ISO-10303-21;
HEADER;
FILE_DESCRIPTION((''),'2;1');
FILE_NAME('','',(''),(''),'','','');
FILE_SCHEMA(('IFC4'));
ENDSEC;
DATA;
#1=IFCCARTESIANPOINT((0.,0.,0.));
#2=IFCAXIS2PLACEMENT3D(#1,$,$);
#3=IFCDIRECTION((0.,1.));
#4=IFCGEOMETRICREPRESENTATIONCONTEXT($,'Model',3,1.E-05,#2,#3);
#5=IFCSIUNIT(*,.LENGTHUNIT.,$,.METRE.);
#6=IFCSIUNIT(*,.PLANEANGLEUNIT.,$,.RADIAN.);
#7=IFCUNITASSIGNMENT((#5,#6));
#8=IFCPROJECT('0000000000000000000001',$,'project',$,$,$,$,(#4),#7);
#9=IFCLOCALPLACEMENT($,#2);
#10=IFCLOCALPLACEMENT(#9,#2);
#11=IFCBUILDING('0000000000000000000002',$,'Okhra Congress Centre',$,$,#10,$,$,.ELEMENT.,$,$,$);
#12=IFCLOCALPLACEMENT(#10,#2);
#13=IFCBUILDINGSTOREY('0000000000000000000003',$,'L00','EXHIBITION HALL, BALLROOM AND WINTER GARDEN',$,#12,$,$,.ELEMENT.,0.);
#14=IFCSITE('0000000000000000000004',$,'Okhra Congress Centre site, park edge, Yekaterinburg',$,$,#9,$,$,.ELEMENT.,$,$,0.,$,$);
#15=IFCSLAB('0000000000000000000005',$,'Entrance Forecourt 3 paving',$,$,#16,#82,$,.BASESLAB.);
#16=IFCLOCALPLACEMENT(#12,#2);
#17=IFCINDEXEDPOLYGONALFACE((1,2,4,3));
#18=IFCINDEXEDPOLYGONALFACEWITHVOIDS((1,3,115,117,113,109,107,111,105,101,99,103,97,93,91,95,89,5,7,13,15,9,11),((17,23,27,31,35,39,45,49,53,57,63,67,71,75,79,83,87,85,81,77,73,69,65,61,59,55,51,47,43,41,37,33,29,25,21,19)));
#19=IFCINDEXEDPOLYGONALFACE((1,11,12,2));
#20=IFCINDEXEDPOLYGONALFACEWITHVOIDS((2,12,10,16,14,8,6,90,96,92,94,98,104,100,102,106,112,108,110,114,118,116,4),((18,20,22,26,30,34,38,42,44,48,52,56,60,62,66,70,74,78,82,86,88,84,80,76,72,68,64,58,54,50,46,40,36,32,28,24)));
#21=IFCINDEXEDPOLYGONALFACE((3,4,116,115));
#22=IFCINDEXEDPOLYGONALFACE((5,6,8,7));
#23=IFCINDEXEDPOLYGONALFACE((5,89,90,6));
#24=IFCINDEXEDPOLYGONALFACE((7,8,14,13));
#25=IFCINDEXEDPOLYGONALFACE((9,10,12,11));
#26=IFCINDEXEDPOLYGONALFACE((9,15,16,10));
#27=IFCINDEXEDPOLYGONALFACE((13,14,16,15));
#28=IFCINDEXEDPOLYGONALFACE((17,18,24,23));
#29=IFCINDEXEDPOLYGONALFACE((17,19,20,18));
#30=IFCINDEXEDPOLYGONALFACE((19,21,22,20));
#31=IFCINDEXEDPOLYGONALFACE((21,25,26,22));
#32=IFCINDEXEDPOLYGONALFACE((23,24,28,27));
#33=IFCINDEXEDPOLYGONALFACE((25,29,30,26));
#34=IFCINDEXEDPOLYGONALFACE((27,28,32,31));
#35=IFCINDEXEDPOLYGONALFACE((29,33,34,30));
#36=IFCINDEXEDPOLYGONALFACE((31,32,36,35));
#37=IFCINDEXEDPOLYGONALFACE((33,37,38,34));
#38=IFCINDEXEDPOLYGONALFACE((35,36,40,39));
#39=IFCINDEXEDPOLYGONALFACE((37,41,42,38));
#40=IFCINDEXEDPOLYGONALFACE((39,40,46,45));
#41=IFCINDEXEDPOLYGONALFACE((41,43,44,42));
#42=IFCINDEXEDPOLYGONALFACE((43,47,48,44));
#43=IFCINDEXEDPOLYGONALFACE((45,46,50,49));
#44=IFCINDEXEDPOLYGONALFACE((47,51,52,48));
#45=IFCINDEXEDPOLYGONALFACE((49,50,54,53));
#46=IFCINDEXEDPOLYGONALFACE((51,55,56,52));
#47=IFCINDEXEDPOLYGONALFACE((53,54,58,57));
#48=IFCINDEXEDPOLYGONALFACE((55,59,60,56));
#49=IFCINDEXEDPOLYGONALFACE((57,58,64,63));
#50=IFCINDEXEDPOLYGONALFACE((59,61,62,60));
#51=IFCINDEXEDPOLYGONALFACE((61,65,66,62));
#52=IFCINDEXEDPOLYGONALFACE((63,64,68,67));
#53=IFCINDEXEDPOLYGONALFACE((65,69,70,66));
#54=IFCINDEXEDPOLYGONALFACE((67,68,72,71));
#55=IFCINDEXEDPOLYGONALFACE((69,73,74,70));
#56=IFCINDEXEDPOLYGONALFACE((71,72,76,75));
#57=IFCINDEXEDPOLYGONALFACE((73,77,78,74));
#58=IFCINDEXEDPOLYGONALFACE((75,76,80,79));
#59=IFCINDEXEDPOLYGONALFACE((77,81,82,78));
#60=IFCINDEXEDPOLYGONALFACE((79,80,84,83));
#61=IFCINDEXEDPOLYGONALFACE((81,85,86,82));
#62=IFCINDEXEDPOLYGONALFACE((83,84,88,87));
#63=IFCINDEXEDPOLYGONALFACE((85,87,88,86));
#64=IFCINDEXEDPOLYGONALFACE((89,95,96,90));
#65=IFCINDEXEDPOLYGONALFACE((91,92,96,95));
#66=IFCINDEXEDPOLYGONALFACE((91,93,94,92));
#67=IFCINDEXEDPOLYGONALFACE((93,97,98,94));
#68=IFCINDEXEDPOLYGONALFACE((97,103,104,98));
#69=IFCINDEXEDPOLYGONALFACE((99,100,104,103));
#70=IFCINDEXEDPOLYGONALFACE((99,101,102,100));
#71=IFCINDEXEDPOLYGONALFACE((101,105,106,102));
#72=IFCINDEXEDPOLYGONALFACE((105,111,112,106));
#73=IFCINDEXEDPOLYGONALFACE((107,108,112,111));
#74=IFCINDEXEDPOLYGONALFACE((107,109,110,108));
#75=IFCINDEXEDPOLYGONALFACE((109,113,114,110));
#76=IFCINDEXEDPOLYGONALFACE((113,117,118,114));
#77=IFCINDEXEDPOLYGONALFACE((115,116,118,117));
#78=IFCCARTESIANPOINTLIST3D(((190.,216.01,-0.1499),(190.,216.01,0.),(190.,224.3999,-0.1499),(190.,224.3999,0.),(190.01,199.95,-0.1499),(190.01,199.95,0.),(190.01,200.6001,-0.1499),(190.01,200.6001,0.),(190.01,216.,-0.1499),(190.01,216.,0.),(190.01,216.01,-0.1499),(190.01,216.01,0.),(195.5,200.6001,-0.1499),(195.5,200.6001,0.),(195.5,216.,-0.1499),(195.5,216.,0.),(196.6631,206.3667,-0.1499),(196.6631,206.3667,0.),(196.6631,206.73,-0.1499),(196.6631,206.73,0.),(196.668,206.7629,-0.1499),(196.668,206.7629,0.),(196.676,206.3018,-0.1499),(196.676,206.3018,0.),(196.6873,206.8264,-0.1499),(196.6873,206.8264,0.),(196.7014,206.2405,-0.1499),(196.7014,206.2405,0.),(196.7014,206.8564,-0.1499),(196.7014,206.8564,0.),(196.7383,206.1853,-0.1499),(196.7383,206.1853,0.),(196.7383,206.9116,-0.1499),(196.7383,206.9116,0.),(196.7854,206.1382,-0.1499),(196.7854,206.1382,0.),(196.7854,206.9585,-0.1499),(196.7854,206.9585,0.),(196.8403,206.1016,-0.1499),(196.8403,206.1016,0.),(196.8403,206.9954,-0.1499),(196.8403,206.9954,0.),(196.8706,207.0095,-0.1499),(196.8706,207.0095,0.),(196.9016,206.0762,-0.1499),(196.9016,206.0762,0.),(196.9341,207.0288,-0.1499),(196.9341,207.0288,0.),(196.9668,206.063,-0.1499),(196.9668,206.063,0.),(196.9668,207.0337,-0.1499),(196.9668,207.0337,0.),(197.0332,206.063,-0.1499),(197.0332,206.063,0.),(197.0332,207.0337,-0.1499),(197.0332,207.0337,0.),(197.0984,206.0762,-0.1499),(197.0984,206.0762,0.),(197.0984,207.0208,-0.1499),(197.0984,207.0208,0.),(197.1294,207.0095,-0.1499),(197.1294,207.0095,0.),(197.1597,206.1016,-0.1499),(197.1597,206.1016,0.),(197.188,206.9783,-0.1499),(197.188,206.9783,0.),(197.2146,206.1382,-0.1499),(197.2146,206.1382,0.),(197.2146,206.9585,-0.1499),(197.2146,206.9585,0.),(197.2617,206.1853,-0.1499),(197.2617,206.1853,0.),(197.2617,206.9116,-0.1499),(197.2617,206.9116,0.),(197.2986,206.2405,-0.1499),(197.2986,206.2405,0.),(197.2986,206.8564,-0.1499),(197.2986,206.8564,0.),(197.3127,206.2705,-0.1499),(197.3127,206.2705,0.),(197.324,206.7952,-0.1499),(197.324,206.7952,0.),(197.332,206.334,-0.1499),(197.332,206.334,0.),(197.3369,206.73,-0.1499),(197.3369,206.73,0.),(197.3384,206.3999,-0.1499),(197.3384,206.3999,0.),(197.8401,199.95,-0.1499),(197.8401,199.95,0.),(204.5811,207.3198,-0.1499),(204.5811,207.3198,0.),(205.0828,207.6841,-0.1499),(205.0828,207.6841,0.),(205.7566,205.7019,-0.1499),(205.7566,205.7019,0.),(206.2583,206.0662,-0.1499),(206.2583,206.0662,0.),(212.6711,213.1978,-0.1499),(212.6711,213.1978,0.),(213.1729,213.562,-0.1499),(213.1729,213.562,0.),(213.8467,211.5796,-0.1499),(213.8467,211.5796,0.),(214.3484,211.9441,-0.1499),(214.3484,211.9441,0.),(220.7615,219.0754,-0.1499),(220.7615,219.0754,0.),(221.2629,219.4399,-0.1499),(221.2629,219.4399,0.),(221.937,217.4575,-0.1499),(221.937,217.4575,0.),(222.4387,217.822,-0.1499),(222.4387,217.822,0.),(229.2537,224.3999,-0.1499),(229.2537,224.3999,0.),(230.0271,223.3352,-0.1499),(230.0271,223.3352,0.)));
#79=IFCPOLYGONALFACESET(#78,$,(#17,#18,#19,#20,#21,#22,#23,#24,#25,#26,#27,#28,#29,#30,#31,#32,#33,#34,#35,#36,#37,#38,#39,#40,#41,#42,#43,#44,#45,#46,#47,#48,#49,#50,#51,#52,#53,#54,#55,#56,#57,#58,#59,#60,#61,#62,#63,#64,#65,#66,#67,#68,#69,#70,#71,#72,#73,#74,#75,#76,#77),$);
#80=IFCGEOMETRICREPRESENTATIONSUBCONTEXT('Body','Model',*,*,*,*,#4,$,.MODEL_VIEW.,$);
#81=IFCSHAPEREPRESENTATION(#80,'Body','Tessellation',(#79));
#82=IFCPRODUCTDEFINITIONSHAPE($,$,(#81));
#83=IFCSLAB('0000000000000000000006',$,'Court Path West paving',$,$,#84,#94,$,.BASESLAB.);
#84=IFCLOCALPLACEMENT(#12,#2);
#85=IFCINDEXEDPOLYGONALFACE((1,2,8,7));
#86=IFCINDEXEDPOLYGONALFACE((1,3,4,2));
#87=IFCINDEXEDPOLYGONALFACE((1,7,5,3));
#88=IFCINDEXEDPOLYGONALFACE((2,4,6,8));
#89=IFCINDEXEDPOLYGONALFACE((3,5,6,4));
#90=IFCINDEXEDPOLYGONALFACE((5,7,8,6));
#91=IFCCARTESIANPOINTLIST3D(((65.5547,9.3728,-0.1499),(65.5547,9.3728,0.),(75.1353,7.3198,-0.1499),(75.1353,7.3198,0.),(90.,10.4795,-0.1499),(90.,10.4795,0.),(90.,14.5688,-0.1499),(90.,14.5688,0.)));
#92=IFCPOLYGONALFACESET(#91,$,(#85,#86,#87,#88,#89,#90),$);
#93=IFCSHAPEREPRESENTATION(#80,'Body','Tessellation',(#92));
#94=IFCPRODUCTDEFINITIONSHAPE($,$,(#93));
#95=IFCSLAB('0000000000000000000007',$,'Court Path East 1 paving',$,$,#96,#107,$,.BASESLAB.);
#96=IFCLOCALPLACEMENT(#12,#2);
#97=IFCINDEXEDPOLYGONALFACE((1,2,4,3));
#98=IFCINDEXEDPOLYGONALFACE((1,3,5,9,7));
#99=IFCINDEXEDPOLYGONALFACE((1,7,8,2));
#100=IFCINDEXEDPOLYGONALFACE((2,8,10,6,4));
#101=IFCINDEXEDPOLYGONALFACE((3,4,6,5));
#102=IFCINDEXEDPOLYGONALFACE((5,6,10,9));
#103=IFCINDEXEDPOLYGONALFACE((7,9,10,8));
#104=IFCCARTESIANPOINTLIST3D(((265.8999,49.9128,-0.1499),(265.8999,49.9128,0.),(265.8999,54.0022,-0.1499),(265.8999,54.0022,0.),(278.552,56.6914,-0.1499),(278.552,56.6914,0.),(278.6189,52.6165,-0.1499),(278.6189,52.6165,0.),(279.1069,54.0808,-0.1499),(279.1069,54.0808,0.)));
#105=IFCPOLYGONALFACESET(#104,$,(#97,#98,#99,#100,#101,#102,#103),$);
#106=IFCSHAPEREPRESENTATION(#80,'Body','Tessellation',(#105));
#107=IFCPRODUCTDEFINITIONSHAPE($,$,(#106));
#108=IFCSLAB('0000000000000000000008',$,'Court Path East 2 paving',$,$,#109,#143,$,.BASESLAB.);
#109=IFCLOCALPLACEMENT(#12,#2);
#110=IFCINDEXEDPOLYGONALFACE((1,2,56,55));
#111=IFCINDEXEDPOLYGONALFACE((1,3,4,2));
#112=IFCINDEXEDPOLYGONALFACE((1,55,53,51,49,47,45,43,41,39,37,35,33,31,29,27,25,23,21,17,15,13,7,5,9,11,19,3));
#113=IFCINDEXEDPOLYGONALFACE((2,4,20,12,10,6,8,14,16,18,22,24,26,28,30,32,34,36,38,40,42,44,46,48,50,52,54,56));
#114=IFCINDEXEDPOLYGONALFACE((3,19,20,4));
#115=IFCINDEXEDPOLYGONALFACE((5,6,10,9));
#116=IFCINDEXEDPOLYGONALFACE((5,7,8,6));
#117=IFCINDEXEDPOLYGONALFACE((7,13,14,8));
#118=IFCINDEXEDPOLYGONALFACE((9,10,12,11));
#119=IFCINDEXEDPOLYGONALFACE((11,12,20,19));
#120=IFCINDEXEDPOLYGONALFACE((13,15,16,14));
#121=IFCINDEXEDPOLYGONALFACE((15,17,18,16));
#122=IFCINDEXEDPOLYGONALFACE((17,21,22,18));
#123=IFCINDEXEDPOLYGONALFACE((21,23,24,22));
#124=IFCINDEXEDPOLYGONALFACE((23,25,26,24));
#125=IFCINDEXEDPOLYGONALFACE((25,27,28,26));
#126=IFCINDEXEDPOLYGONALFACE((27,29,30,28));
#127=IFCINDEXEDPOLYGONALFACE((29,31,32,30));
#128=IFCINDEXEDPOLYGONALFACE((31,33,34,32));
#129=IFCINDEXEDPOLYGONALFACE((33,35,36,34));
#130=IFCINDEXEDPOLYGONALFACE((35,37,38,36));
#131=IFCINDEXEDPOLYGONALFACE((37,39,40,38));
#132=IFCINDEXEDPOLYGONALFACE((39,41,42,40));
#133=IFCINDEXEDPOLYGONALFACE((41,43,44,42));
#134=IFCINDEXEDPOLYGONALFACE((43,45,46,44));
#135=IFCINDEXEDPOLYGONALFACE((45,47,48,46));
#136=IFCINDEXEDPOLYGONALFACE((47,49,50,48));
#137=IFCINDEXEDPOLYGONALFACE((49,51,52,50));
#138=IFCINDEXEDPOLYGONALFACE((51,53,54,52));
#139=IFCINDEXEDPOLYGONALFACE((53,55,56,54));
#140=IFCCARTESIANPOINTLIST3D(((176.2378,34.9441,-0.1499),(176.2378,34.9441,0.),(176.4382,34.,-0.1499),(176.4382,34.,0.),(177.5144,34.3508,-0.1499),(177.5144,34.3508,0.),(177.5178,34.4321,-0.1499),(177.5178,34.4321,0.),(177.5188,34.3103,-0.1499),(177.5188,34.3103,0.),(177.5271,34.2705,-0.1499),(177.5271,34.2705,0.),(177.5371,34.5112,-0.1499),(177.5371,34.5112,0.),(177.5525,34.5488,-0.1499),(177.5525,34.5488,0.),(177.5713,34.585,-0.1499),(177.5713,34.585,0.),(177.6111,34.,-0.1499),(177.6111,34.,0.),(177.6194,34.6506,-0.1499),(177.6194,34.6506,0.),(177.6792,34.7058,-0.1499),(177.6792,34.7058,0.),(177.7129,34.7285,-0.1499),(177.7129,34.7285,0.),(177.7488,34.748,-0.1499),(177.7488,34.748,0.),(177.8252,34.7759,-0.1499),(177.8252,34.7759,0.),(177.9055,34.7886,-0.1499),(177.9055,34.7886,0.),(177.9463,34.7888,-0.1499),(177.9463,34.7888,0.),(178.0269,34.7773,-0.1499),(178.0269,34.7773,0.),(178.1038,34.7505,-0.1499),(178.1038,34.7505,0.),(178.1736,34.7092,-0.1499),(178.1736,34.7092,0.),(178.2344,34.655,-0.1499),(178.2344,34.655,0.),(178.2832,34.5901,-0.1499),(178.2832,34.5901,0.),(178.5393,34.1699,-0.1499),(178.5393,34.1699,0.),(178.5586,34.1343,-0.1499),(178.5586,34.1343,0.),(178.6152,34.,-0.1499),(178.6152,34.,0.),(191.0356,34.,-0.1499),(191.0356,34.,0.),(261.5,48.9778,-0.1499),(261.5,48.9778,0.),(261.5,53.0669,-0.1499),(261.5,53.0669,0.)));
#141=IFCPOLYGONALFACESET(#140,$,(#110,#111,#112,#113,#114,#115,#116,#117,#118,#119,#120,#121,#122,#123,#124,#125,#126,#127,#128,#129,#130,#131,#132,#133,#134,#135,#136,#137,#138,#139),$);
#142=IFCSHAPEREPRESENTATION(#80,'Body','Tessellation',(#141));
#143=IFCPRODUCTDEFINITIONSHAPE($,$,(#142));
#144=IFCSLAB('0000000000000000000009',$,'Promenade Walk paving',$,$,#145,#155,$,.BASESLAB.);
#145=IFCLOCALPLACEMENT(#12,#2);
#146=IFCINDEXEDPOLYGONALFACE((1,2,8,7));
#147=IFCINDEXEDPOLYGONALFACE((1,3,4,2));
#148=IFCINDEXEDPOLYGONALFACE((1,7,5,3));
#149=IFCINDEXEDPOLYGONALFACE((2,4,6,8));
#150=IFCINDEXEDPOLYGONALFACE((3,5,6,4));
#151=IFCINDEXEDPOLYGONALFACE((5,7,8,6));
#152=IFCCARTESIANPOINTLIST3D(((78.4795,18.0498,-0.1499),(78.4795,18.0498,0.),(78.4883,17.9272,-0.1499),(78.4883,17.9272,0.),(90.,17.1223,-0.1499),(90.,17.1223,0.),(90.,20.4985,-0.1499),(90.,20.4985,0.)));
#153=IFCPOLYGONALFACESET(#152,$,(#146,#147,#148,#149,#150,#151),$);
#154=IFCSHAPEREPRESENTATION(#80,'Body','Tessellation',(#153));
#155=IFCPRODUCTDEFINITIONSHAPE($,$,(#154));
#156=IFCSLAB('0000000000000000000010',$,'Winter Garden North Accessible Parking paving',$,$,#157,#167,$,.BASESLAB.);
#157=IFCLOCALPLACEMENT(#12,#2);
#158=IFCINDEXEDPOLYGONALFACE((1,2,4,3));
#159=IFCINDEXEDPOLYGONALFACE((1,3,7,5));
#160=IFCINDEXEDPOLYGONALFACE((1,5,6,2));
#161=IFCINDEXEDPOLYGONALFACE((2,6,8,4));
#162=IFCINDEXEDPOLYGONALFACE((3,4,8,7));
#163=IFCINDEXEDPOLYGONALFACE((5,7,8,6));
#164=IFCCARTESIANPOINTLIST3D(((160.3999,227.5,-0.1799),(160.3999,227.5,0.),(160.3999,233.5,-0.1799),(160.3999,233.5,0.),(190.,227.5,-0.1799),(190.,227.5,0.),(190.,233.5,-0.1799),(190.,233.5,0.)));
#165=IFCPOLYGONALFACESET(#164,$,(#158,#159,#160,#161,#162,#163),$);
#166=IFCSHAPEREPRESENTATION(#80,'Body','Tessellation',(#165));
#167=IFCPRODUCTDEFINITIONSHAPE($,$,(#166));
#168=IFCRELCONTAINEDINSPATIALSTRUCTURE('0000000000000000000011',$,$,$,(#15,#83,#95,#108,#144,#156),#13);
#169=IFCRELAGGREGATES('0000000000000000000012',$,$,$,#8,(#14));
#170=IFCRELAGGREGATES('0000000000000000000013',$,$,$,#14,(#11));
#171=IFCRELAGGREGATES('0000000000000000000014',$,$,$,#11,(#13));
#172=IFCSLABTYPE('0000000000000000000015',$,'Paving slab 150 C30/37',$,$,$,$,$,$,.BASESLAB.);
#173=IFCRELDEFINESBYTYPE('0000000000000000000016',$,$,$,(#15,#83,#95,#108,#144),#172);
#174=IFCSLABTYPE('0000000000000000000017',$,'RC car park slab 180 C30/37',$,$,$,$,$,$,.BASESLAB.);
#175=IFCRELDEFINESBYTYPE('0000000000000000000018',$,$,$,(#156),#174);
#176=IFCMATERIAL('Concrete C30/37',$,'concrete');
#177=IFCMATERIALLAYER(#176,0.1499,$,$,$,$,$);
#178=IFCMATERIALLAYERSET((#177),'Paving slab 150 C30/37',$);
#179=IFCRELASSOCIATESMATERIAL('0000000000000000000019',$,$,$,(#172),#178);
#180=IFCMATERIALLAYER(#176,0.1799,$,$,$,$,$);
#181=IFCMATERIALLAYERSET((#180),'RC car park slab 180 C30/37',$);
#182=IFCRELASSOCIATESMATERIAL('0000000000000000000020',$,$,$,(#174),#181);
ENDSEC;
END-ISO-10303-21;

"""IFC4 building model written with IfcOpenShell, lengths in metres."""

from ifc_helpers import new_model, si_unit, direction, frame, origin, place, context, subcontext, project, spatial, polyline, outline, extrude, material, layer, layer_set, type_object, element, save


model = new_model("IFC4")

# Units and contexts
model_context = context("Model", 3, precision=1e-05, world=origin(), true_north=direction((0.0, 1.0)))
body_context = subcontext(model_context, "Body", "Model", "MODEL_VIEW")
ifc_project = project(units=[si_unit("LENGTHUNIT", "METRE"), si_unit("PLANEANGLEUNIT", "RADIAN")], contexts=[model_context])

# Site, building, storey
site_placement = place(None, origin())
site = spatial("IfcSite", under=ifc_project, at=site_placement, Name="Okhra Congress Centre site, park edge, Yekaterinburg", CompositionType="ELEMENT", RefElevation=0.0)
building_placement = place(site_placement, origin())
building = spatial("IfcBuilding", under=site, at=building_placement, Name="Okhra Congress Centre", CompositionType="ELEMENT")
storey_placement = place(building_placement, origin())
storey = spatial("IfcBuildingStorey", under=building, at=storey_placement, Name="L00", Description="EXHIBITION HALL, BALLROOM AND WINTER GARDEN", CompositionType="ELEMENT", Elevation=0.0)

# Slabs
ifc_material = material(Name="Concrete C30/37", Category="concrete")
ifc_layer_1 = layer(ifc_material, 0.1499)
ifc_layer_set_1 = layer_set([ifc_layer_1], Name="Paving slab 150 C30/37")
slab_type_1 = type_object("IfcSlabType", Name="Paving slab 150 C30/37", PredefinedType="BASESLAB", material=ifc_layer_set_1)
slab_1_placement = place(storey_placement, frame((0.0, 0.0, -0.1499)))
element("IfcSlab", 1, at=slab_1_placement, inside=storey, type_object=slab_type_1, Name="Entrance Forecourt 3 paving", PredefinedType="BASESLAB", context=body_context, shape_type="SweptSolid", body=[
    extrude(outline(polyline([(195.5, 216.0), (195.5, 200.6001), (190.01, 200.6001), (190.01, 199.95), (197.8401, 199.95), (205.7566, 205.7019), (204.5811, 207.3198), (205.0828, 207.6841), (206.2583, 206.0662), (213.8467, 211.5796), (212.6711, 213.1978), (213.1729, 213.562), (214.3484, 211.9441), (221.937, 217.4575), (220.7615, 219.0754), (221.2629, 219.4399), (222.4387, 217.822), (230.0271, 223.3352), (229.2537, 224.3999), (190.0, 224.3999), (190.0, 216.01), (190.01, 216.01), (190.01, 216.0), (195.5, 216.0)]), holes=[polyline([(196.7383, 206.9116), (196.7014, 206.8564), (196.6873, 206.8264), (196.668, 206.7629), (196.6631, 206.73), (196.6631, 206.3667), (196.676, 206.3018), (196.7014, 206.2405), (196.7383, 206.1853), (196.7854, 206.1382), (196.8403, 206.1016), (196.9016, 206.0762), (196.9668, 206.063), (197.0332, 206.063), (197.0984, 206.0762), (197.1597, 206.1016), (197.2146, 206.1382), (197.2617, 206.1853), (197.2986, 206.2405), (197.3127, 206.2705), (197.332, 206.334), (197.3384, 206.3999), (197.3369, 206.73), (197.324, 206.7952), (197.2986, 206.8564), (197.2617, 206.9116), (197.2146, 206.9585), (197.188, 206.9783), (197.1294, 207.0095), (197.0984, 207.0208), (197.0332, 207.0337), (196.9668, 207.0337), (196.9341, 207.0288), (196.8706, 207.0095), (196.8403, 206.9954), (196.7854, 206.9585), (196.7383, 206.9116)])]), origin(), (0.0, 0.0, 1.0), 0.1499),
])
slab_2_placement = place(storey_placement, frame((0.0, 0.0, -0.1499)))
element("IfcSlab", 2, at=slab_2_placement, inside=storey, type_object=slab_type_1, Name="Court Path West paving", PredefinedType="BASESLAB", context=body_context, shape_type="SweptSolid", body=[
    extrude(outline(polyline([(90.0, 10.4795), (90.0, 14.5688), (65.5547, 9.3728), (75.1353, 7.3198), (90.0, 10.4795)])), origin(), (0.0, 0.0, 1.0), 0.1499),
])
slab_3_placement = place(storey_placement, frame((0.0, 0.0, -0.1499)))
element("IfcSlab", 3, at=slab_3_placement, inside=storey, type_object=slab_type_1, Name="Court Path East 1 paving", PredefinedType="BASESLAB", context=body_context, shape_type="SweptSolid", body=[
    extrude(outline(polyline([(265.8999, 54.0022), (265.8999, 49.9128), (278.6189, 52.6165), (279.1069, 54.0808), (278.552, 56.6914), (265.8999, 54.0022)])), origin(), (0.0, 0.0, 1.0), 0.1499),
])
slab_4_placement = place(storey_placement, frame((0.0, 0.0, -0.1499)))
element("IfcSlab", 4, at=slab_4_placement, inside=storey, type_object=slab_type_1, Name="Court Path East 2 paving", PredefinedType="BASESLAB", context=body_context, shape_type="SweptSolid", body=[
    extrude(outline(polyline([(177.5271, 34.2705), (177.5188, 34.3103), (177.5144, 34.3508), (177.5178, 34.4321), (177.5371, 34.5112), (177.5525, 34.5488), (177.5713, 34.585), (177.6194, 34.6506), (177.6792, 34.7058), (177.7129, 34.7285), (177.7488, 34.748), (177.8252, 34.7759), (177.9055, 34.7886), (177.9463, 34.7888), (178.0269, 34.7773), (178.1038, 34.7505), (178.1736, 34.7092), (178.2344, 34.655), (178.2832, 34.5901), (178.5393, 34.1699), (178.5586, 34.1343), (178.6152, 34.0), (191.0356, 34.0), (261.5, 48.9778), (261.5, 53.0669), (176.2378, 34.9441), (176.4382, 34.0), (177.6111, 34.0), (177.5271, 34.2705)])), origin(), (0.0, 0.0, 1.0), 0.1499),
])
slab_5_placement = place(storey_placement, frame((0.0, 0.0, -0.1499)))
element("IfcSlab", 5, at=slab_5_placement, inside=storey, type_object=slab_type_1, Name="Promenade Walk paving", PredefinedType="BASESLAB", context=body_context, shape_type="SweptSolid", body=[
    extrude(outline(polyline([(90.0, 17.1223), (90.0, 20.4985), (78.4795, 18.0498), (78.4883, 17.9272), (90.0, 17.1223)])), origin(), (0.0, 0.0, 1.0), 0.1499),
])
ifc_layer_2 = layer(ifc_material, 0.1799)
ifc_layer_set_2 = layer_set([ifc_layer_2], Name="RC car park slab 180 C30/37")
slab_type_2 = type_object("IfcSlabType", Name="RC car park slab 180 C30/37", PredefinedType="BASESLAB", material=ifc_layer_set_2)
slab_6_placement = place(storey_placement, frame((0.0, 0.0, -0.1799)))
element("IfcSlab", 6, at=slab_6_placement, inside=storey, type_object=slab_type_2, Name="Winter Garden North Accessible Parking paving", PredefinedType="BASESLAB", context=body_context, shape_type="SweptSolid", body=[
    extrude(outline(polyline([(190.0, 233.5), (160.3999, 233.5), (160.3999, 227.5), (190.0, 227.5), (190.0, 233.5)])), origin(), (0.0, 0.0, 1.0), 0.1799),
])

save(model, "model.ifc")
